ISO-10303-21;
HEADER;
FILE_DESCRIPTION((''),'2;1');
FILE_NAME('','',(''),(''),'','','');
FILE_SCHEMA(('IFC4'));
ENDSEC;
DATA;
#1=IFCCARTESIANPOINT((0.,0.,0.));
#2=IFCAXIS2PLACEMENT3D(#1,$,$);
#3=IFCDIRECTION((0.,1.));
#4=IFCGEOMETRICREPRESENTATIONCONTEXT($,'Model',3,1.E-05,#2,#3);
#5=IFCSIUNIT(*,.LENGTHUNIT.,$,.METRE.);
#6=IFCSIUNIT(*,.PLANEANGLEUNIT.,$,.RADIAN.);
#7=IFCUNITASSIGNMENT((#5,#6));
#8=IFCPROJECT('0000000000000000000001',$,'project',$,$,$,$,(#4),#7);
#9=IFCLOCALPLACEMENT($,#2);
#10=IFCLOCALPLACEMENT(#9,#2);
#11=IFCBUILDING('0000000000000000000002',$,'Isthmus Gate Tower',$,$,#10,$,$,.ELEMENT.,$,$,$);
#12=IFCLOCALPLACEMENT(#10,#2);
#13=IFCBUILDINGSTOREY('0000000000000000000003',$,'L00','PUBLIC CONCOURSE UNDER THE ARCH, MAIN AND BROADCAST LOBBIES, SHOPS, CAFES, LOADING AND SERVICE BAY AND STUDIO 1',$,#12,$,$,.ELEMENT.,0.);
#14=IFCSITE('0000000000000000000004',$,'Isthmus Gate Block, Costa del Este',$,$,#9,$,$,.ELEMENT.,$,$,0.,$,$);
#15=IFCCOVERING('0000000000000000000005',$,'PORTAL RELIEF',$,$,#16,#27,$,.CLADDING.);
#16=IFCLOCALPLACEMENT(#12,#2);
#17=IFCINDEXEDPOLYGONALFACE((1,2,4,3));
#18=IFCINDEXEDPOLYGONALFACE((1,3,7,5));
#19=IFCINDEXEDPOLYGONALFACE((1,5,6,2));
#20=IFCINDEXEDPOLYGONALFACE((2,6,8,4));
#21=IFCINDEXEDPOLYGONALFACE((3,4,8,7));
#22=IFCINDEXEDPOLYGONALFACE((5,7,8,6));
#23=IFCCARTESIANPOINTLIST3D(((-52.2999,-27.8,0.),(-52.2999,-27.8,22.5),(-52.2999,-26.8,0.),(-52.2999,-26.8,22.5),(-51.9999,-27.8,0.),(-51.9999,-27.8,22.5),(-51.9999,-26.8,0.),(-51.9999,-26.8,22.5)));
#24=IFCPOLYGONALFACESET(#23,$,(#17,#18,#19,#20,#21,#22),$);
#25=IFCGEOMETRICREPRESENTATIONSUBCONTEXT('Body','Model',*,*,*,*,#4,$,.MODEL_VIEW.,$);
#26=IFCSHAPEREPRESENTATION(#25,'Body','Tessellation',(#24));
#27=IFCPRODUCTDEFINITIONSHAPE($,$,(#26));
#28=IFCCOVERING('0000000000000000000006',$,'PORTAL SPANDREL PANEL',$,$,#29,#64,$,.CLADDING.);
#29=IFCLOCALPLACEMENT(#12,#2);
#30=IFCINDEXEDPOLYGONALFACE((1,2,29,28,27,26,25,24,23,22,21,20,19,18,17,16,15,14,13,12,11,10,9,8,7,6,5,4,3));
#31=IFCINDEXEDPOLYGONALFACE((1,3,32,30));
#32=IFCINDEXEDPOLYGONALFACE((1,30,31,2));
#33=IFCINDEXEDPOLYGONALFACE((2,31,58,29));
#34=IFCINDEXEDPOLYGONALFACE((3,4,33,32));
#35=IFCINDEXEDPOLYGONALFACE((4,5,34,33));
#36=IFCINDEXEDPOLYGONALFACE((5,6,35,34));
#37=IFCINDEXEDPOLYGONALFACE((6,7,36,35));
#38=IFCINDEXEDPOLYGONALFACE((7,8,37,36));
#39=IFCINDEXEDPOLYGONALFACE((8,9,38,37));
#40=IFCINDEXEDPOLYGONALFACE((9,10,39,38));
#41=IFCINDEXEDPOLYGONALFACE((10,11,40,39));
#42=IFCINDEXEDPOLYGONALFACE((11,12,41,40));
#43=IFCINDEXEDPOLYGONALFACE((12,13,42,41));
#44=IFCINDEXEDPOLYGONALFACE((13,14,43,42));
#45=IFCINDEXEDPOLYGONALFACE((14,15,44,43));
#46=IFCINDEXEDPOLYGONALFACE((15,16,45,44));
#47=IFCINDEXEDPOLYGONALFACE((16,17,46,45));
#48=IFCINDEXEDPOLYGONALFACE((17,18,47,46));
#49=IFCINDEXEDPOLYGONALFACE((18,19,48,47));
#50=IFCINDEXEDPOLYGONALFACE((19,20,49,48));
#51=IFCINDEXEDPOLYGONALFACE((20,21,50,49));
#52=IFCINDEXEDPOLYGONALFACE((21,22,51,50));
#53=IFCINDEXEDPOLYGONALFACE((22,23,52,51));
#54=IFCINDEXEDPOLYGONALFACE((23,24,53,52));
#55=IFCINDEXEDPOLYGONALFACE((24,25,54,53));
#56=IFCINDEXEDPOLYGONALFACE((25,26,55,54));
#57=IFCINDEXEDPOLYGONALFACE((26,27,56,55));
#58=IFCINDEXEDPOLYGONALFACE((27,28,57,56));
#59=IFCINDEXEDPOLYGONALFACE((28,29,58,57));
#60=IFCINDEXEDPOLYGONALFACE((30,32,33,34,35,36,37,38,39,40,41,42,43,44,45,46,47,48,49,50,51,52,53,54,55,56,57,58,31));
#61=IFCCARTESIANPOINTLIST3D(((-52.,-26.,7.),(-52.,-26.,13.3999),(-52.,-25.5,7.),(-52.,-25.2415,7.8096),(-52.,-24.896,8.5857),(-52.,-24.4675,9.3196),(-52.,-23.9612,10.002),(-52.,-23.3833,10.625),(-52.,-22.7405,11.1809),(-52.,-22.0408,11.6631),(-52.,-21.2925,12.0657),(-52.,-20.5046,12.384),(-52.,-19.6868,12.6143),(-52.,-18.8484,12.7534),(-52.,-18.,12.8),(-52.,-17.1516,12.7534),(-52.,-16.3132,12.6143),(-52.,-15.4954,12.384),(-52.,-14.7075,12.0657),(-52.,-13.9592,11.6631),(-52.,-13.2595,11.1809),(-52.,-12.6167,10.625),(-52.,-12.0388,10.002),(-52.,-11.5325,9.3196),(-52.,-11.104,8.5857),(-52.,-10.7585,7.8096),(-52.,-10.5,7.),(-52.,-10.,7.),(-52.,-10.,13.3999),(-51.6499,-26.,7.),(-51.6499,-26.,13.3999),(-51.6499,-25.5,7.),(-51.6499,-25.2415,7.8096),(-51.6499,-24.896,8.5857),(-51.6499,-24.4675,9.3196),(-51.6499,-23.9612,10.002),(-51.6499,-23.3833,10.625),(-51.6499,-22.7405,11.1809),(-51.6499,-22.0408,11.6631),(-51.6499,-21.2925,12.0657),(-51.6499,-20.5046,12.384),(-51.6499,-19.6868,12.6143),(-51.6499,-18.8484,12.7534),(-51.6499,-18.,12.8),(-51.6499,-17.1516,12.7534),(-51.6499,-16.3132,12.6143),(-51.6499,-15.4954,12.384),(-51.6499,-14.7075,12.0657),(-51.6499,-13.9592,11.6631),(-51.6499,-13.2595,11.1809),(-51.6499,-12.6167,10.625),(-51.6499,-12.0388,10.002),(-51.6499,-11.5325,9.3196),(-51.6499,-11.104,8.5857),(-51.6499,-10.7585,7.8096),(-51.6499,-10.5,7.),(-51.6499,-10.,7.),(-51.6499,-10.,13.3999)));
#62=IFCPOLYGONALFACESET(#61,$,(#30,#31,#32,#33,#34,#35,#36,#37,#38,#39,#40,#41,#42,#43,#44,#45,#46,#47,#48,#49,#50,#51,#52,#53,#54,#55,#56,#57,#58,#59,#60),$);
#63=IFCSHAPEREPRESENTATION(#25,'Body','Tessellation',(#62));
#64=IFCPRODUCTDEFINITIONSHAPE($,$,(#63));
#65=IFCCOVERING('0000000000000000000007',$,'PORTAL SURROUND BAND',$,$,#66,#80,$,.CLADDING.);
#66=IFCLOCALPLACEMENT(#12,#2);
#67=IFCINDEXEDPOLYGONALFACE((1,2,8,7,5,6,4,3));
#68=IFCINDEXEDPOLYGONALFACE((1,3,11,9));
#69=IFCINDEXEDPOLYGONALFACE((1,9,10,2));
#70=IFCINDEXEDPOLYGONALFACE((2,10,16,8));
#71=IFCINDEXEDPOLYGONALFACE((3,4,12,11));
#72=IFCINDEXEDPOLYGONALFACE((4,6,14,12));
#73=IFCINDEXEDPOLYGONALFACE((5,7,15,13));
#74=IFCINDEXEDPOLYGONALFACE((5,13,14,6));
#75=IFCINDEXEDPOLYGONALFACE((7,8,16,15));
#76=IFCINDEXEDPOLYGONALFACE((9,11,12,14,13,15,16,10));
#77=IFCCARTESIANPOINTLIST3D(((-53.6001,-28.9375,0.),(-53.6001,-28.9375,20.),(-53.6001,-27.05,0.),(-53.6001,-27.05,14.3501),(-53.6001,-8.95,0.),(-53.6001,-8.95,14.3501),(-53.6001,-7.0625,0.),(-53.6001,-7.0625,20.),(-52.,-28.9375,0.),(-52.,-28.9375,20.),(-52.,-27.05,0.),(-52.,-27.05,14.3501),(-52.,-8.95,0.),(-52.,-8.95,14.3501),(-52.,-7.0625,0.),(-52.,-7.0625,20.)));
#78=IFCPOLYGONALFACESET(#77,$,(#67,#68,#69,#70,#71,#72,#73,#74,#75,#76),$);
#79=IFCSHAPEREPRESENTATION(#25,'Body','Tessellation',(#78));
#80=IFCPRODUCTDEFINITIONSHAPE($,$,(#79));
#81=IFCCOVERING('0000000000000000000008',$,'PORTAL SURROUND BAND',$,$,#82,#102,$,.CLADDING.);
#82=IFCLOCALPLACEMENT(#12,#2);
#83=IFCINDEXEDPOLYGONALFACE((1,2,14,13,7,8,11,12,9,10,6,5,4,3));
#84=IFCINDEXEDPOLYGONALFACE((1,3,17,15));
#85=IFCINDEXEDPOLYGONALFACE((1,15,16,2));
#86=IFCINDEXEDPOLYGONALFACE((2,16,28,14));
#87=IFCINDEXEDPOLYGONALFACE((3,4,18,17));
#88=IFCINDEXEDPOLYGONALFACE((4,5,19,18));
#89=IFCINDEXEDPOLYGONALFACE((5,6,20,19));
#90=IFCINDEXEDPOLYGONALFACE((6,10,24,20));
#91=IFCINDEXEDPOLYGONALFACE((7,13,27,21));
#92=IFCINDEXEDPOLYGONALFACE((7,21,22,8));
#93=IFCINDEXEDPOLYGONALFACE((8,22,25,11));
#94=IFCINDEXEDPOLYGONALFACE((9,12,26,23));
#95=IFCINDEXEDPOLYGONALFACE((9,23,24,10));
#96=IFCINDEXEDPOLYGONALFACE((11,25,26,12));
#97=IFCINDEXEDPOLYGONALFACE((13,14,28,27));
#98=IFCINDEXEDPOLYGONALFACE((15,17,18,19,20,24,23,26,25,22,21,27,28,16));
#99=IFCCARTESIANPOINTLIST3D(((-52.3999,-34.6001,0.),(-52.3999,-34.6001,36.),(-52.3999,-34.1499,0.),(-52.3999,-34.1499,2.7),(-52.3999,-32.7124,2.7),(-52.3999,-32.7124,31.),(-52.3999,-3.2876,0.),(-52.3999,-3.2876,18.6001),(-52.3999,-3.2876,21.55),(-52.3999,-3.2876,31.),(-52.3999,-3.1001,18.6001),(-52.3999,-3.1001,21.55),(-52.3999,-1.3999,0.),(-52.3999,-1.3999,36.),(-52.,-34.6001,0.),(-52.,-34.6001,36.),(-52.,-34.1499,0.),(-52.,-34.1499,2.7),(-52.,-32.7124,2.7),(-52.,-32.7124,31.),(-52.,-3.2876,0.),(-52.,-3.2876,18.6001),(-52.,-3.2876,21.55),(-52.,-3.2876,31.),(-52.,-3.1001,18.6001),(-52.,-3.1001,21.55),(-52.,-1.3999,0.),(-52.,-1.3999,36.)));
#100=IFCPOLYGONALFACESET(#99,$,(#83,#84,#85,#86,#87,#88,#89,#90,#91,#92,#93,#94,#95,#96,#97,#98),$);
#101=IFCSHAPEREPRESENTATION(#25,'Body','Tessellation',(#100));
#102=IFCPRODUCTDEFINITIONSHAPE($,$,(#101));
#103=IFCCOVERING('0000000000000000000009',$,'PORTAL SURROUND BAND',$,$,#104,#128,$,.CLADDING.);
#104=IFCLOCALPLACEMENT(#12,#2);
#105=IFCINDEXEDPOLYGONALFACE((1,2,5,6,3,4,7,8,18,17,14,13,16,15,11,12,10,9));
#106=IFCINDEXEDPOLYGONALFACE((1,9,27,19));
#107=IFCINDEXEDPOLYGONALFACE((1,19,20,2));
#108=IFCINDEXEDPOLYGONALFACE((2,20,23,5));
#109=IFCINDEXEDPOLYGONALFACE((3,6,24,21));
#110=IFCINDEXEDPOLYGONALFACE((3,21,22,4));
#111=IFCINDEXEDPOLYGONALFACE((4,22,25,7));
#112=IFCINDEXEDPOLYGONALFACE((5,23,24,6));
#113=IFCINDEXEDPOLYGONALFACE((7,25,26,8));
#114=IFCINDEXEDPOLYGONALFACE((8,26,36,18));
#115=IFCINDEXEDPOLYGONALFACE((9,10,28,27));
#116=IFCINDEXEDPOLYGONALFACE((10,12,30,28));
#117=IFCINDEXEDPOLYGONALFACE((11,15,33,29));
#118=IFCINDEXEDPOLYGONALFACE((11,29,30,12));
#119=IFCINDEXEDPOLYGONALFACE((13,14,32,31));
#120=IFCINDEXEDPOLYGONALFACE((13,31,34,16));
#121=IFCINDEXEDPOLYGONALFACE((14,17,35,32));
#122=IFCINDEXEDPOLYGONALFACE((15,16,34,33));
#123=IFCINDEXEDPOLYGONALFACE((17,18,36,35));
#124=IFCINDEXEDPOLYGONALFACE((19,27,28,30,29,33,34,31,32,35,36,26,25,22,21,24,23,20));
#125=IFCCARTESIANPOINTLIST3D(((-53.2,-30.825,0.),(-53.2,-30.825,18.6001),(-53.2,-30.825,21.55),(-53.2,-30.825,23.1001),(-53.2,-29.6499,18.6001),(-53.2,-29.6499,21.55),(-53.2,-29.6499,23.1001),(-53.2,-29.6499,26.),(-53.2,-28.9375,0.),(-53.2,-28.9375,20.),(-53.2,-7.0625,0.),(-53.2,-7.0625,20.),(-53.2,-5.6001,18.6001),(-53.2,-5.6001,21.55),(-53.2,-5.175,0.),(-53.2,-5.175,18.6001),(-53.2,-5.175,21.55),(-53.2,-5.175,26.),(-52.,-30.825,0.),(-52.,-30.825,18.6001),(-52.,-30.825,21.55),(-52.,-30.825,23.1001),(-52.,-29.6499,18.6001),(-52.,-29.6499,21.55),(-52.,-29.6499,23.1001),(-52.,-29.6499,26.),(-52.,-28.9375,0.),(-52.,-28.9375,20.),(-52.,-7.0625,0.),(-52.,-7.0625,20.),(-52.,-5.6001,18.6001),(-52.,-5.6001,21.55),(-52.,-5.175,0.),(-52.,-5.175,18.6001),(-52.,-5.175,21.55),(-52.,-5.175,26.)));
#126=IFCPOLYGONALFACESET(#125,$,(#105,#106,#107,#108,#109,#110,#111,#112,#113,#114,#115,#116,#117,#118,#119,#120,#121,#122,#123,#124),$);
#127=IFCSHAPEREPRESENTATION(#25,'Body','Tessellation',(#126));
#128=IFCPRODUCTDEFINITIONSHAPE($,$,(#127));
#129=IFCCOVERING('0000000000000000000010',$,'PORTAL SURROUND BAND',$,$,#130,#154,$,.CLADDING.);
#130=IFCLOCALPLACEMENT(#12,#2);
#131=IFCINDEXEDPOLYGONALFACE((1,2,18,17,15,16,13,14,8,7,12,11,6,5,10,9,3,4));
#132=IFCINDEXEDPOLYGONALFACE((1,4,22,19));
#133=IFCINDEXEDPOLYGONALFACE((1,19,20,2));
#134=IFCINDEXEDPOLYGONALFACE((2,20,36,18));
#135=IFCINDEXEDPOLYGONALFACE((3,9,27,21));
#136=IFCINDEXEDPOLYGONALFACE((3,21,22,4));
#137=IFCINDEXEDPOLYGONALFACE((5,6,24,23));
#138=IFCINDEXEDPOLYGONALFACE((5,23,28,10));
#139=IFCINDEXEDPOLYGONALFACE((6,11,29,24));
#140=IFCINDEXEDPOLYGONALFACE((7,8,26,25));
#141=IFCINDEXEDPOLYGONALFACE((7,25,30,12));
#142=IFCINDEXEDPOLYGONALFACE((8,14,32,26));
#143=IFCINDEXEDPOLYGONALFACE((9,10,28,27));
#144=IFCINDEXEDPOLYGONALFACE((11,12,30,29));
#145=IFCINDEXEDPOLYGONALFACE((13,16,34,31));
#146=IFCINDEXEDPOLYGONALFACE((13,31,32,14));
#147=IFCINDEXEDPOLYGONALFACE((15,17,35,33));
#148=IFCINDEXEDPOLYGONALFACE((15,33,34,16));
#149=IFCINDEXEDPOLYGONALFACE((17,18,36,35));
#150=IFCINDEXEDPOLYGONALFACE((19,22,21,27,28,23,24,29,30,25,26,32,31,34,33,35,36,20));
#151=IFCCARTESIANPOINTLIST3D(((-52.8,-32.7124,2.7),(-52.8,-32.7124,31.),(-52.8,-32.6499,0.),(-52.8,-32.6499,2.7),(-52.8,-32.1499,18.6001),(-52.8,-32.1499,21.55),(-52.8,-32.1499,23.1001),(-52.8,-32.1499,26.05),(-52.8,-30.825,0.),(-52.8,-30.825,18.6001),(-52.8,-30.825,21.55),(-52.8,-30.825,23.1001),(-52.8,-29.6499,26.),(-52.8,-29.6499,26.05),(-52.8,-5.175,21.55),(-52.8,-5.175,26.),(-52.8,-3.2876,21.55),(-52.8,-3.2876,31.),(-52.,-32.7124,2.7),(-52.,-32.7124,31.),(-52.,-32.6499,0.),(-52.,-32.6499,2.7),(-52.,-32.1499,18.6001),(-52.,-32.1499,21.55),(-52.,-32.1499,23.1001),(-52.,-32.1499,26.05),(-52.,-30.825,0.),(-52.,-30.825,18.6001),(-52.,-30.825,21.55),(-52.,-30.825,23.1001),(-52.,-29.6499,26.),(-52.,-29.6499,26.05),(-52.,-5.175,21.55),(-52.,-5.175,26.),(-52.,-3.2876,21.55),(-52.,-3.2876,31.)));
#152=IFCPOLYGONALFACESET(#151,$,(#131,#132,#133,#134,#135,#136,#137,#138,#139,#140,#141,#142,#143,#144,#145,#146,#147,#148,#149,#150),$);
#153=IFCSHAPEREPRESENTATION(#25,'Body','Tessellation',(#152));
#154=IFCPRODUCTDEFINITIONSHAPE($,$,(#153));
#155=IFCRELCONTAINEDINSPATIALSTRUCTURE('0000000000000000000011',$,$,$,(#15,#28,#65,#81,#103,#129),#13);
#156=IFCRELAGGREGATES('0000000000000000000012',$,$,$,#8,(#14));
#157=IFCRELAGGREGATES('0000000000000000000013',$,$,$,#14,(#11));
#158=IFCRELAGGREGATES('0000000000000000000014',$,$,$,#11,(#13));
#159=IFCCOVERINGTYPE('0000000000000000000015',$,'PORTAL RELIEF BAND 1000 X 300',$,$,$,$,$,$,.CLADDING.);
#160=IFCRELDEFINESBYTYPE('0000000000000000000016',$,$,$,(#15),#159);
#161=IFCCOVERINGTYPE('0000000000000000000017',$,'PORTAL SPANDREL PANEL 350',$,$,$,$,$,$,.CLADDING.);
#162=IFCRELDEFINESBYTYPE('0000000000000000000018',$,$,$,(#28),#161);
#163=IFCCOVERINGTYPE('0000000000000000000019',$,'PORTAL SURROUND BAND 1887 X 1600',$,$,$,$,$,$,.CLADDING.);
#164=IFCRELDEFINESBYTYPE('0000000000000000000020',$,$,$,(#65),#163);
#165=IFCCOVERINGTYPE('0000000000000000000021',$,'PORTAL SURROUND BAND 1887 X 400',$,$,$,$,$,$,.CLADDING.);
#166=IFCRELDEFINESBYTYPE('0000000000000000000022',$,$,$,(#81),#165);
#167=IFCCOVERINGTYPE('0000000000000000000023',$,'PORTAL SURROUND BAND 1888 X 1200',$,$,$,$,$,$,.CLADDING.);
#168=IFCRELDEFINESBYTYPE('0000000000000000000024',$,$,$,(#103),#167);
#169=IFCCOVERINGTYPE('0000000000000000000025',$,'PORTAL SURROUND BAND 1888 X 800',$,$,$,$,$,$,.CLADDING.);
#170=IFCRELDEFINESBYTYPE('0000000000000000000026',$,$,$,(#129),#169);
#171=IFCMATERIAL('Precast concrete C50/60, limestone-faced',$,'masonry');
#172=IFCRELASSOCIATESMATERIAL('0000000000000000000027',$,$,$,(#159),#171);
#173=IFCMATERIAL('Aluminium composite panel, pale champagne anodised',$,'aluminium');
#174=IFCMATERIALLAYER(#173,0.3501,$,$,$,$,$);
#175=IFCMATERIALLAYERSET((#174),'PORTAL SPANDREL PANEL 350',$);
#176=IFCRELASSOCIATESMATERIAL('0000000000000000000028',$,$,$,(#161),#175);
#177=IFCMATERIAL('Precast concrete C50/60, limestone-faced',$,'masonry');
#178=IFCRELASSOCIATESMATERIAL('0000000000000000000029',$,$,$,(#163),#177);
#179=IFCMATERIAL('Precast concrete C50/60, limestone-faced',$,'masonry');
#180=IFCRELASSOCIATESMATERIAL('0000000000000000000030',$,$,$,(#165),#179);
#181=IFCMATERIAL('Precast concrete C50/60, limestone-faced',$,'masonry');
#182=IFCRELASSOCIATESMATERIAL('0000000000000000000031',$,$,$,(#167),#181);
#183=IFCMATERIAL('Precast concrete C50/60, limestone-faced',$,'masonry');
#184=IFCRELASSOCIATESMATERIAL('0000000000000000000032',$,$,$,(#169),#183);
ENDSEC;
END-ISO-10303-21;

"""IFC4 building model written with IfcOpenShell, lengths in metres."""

from ifc_helpers import new_model, si_unit, direction, frame, origin, origin_2d, place, context, subcontext, project, spatial, polyline, rectangle, outline, extrude, material, layer, layer_set, type_object, element, save


model = new_model("IFC4")

# Units and contexts
model_context = context("Model", 3, precision=1e-05, world=origin(), true_north=direction((0.0, 1.0)))
body_context = subcontext(model_context, "Body", "Model", "MODEL_VIEW")
ifc_project = project(units=[si_unit("LENGTHUNIT", "METRE"), si_unit("PLANEANGLEUNIT", "RADIAN")], contexts=[model_context])

# Site, building, storey
site_placement = place(None, origin())
site = spatial("IfcSite", under=ifc_project, at=site_placement, Name="Isthmus Gate Block, Costa del Este", CompositionType="ELEMENT", RefElevation=0.0)
building_placement = place(site_placement, origin())
building = spatial("IfcBuilding", under=site, at=building_placement, Name="Isthmus Gate Tower", CompositionType="ELEMENT")
storey_placement = place(building_placement, origin())
storey = spatial("IfcBuildingStorey", under=building, at=storey_placement, Name="L00", Description="PUBLIC CONCOURSE UNDER THE ARCH, MAIN AND BROADCAST LOBBIES, SHOPS, CAFES, LOADING AND SERVICE BAY AND STUDIO 1", CompositionType="ELEMENT", Elevation=0.0)

# Coverings
ifc_material_1 = material(Name="Precast concrete C50/60, limestone-faced", Category="masonry")
covering_type_1 = type_object("IfcCoveringType", Name="PORTAL RELIEF BAND 1000 X 300", PredefinedType="CLADDING", material=ifc_material_1)
covering_1_placement = place(storey_placement, frame((-52.1499, -27.3, 0.0), z_axis=(0.0, 0.0, 1.0), x_axis=(1.0, 0.0, 0.0)))
element("IfcCovering", 1, at=covering_1_placement, inside=storey, type_object=covering_type_1, Name="PORTAL RELIEF", PredefinedType="CLADDING", context=body_context, shape_type="SweptSolid", body=[
    extrude(rectangle(XDim=0.3, YDim=1.0, at=origin_2d()), origin(), (0.0, 0.0, 1.0), 22.5),
])
ifc_material_2 = material(Name="Aluminium composite panel, pale champagne anodised", Category="aluminium")
ifc_layer = layer(ifc_material_2, 0.3501)
ifc_layer_set = layer_set([ifc_layer], Name="PORTAL SPANDREL PANEL 350")
covering_type_2 = type_object("IfcCoveringType", Name="PORTAL SPANDREL PANEL 350", PredefinedType="CLADDING", material=ifc_layer_set)
covering_2_placement = place(storey_placement, frame((-52.0, -26.0, 7.0), z_axis=(-1.0, 0.0, 0.0), x_axis=(0.0, 0.0, 1.0)))
element("IfcCovering", 2, at=covering_2_placement, inside=storey, type_object=covering_type_2, Name="PORTAL SPANDREL PANEL", PredefinedType="CLADDING", context=body_context, shape_type="SweptSolid", body=[
    extrude(outline(polyline([(0.0, 0.0), (6.3999, 0.0), (6.3999, 16.0), (0.0, 16.0), (0.0, 15.5), (0.8096, 15.2415), (1.5857, 14.896), (2.3196, 14.4675), (3.002, 13.9612), (3.625, 13.3833), (4.1809, 12.7405), (4.6631, 12.0408), (5.0657, 11.2925), (5.384, 10.5046), (5.6143, 9.6868), (5.7534, 8.8484), (5.8, 8.0), (5.7534, 7.1516), (5.6143, 6.3132), (5.384, 5.4954), (5.0657, 4.7075), (4.6631, 3.9592), (4.1809, 3.2595), (3.625, 2.6167), (3.002, 2.0388), (2.3196, 1.5325), (1.5857, 1.104), (0.8096, 0.7585), (0.0, 0.5), (0.0, 0.0)])), origin(), (0.0, 0.0, -1.0), 0.3501),
])
ifc_material_3 = material(Name="Precast concrete C50/60, limestone-faced", Category="masonry")
covering_type_3 = type_object("IfcCoveringType", Name="PORTAL SURROUND BAND 1887 X 1600", PredefinedType="CLADDING", material=ifc_material_3)
covering_3_placement = place(storey_placement, frame((-53.6001, -28.9375, 20.0), z_axis=(-1.0, 0.0, 0.0), x_axis=(0.0, 1.0, 0.0)))
element("IfcCovering", 3, at=covering_3_placement, inside=storey, type_object=covering_type_3, Name="PORTAL SURROUND BAND", PredefinedType="CLADDING", context=body_context, shape_type="SweptSolid", body=[
    extrude(outline(polyline([(0.0, 0.0), (21.875, 0.0), (21.875, 20.0), (19.9875, 20.0), (19.9875, 5.6499), (1.8875, 5.6499), (1.8875, 20.0), (0.0, 20.0), (0.0, 0.0)])), origin(), (0.0, 0.0, -1.0), 1.6001),
])
ifc_material_4 = material(Name="Precast concrete C50/60, limestone-faced", Category="masonry")
covering_type_4 = type_object("IfcCoveringType", Name="PORTAL SURROUND BAND 1887 X 400", PredefinedType="CLADDING", material=ifc_material_4)
covering_4_placement = place(storey_placement, frame((-52.3999, -34.6001, 36.0), z_axis=(-1.0, 0.0, 0.0), x_axis=(0.0, 1.0, 0.0)))
element("IfcCovering", 4, at=covering_4_placement, inside=storey, type_object=covering_type_4, Name="PORTAL SURROUND BAND", PredefinedType="CLADDING", context=body_context, shape_type="SweptSolid", body=[
    extrude(outline(polyline([(0.0, 0.0), (33.2002, 0.0), (33.2002, 36.0), (31.3125, 36.0), (31.3125, 17.3999), (31.5, 17.3999), (31.5, 14.45), (31.3125, 14.45), (31.3125, 5.0), (1.8877, 5.0), (1.8877, 33.3), (0.4502, 33.3), (0.4502, 36.0), (0.0, 36.0), (0.0, 0.0)])), origin(), (0.0, 0.0, -1.0), 0.3999),
])
ifc_material_5 = material(Name="Precast concrete C50/60, limestone-faced", Category="masonry")
covering_type_5 = type_object("IfcCoveringType", Name="PORTAL SURROUND BAND 1888 X 1200", PredefinedType="CLADDING", material=ifc_material_5)
covering_5_placement = place(storey_placement, frame((-53.2, -30.825, 18.6001), z_axis=(-1.0, 0.0, 0.0), x_axis=(0.0, 1.0, 0.0)))
element("IfcCovering", 5, at=covering_5_placement, inside=storey, type_object=covering_type_5, Name="PORTAL SURROUND BAND", PredefinedType="CLADDING", context=body_context, shape_type="SweptSolid", body=[
    extrude(outline(polyline([(0.0, 0.0), (1.175, 0.0), (1.175, -2.95), (0.0, -2.95), (0.0, -4.5), (1.175, -4.5), (1.175, -7.3999), (25.6499, -7.3999), (25.6499, -2.95), (25.2249, -2.95), (25.2249, 0.0), (25.6499, 0.0), (25.6499, 18.6001), (23.7625, 18.6001), (23.7625, -1.3999), (1.8875, -1.3999), (1.8875, 18.6001), (0.0, 18.6001), (0.0, 0.0)])), origin(), (0.0, 0.0, -1.0), 1.2),
])
ifc_material_6 = material(Name="Precast concrete C50/60, limestone-faced", Category="masonry")
covering_type_6 = type_object("IfcCoveringType", Name="PORTAL SURROUND BAND 1888 X 800", PredefinedType="CLADDING", material=ifc_material_6)
covering_6_placement = place(storey_placement, frame((-52.8, -32.7124, 31.0), z_axis=(-1.0, 0.0, 0.0), x_axis=(0.0, 1.0, 0.0)))
element("IfcCovering", 6, at=covering_6_placement, inside=storey, type_object=covering_type_6, Name="PORTAL SURROUND BAND", PredefinedType="CLADDING", context=body_context, shape_type="SweptSolid", body=[
    extrude(outline(polyline([(0.0, 0.0), (29.4248, 0.0), (29.4248, 9.45), (27.5374, 9.45), (27.5374, 5.0), (3.0625, 5.0), (3.0625, 4.95), (0.5625, 4.95), (0.5625, 7.8999), (1.8875, 7.8999), (1.8875, 9.45), (0.5625, 9.45), (0.5625, 12.3999), (1.8875, 12.3999), (1.8875, 31.0), (0.0625, 31.0), (0.0625, 28.3), (0.0, 28.3), (0.0, 0.0)])), origin(), (0.0, 0.0, -1.0), 0.8),
])

save(model, "model.ifc")
